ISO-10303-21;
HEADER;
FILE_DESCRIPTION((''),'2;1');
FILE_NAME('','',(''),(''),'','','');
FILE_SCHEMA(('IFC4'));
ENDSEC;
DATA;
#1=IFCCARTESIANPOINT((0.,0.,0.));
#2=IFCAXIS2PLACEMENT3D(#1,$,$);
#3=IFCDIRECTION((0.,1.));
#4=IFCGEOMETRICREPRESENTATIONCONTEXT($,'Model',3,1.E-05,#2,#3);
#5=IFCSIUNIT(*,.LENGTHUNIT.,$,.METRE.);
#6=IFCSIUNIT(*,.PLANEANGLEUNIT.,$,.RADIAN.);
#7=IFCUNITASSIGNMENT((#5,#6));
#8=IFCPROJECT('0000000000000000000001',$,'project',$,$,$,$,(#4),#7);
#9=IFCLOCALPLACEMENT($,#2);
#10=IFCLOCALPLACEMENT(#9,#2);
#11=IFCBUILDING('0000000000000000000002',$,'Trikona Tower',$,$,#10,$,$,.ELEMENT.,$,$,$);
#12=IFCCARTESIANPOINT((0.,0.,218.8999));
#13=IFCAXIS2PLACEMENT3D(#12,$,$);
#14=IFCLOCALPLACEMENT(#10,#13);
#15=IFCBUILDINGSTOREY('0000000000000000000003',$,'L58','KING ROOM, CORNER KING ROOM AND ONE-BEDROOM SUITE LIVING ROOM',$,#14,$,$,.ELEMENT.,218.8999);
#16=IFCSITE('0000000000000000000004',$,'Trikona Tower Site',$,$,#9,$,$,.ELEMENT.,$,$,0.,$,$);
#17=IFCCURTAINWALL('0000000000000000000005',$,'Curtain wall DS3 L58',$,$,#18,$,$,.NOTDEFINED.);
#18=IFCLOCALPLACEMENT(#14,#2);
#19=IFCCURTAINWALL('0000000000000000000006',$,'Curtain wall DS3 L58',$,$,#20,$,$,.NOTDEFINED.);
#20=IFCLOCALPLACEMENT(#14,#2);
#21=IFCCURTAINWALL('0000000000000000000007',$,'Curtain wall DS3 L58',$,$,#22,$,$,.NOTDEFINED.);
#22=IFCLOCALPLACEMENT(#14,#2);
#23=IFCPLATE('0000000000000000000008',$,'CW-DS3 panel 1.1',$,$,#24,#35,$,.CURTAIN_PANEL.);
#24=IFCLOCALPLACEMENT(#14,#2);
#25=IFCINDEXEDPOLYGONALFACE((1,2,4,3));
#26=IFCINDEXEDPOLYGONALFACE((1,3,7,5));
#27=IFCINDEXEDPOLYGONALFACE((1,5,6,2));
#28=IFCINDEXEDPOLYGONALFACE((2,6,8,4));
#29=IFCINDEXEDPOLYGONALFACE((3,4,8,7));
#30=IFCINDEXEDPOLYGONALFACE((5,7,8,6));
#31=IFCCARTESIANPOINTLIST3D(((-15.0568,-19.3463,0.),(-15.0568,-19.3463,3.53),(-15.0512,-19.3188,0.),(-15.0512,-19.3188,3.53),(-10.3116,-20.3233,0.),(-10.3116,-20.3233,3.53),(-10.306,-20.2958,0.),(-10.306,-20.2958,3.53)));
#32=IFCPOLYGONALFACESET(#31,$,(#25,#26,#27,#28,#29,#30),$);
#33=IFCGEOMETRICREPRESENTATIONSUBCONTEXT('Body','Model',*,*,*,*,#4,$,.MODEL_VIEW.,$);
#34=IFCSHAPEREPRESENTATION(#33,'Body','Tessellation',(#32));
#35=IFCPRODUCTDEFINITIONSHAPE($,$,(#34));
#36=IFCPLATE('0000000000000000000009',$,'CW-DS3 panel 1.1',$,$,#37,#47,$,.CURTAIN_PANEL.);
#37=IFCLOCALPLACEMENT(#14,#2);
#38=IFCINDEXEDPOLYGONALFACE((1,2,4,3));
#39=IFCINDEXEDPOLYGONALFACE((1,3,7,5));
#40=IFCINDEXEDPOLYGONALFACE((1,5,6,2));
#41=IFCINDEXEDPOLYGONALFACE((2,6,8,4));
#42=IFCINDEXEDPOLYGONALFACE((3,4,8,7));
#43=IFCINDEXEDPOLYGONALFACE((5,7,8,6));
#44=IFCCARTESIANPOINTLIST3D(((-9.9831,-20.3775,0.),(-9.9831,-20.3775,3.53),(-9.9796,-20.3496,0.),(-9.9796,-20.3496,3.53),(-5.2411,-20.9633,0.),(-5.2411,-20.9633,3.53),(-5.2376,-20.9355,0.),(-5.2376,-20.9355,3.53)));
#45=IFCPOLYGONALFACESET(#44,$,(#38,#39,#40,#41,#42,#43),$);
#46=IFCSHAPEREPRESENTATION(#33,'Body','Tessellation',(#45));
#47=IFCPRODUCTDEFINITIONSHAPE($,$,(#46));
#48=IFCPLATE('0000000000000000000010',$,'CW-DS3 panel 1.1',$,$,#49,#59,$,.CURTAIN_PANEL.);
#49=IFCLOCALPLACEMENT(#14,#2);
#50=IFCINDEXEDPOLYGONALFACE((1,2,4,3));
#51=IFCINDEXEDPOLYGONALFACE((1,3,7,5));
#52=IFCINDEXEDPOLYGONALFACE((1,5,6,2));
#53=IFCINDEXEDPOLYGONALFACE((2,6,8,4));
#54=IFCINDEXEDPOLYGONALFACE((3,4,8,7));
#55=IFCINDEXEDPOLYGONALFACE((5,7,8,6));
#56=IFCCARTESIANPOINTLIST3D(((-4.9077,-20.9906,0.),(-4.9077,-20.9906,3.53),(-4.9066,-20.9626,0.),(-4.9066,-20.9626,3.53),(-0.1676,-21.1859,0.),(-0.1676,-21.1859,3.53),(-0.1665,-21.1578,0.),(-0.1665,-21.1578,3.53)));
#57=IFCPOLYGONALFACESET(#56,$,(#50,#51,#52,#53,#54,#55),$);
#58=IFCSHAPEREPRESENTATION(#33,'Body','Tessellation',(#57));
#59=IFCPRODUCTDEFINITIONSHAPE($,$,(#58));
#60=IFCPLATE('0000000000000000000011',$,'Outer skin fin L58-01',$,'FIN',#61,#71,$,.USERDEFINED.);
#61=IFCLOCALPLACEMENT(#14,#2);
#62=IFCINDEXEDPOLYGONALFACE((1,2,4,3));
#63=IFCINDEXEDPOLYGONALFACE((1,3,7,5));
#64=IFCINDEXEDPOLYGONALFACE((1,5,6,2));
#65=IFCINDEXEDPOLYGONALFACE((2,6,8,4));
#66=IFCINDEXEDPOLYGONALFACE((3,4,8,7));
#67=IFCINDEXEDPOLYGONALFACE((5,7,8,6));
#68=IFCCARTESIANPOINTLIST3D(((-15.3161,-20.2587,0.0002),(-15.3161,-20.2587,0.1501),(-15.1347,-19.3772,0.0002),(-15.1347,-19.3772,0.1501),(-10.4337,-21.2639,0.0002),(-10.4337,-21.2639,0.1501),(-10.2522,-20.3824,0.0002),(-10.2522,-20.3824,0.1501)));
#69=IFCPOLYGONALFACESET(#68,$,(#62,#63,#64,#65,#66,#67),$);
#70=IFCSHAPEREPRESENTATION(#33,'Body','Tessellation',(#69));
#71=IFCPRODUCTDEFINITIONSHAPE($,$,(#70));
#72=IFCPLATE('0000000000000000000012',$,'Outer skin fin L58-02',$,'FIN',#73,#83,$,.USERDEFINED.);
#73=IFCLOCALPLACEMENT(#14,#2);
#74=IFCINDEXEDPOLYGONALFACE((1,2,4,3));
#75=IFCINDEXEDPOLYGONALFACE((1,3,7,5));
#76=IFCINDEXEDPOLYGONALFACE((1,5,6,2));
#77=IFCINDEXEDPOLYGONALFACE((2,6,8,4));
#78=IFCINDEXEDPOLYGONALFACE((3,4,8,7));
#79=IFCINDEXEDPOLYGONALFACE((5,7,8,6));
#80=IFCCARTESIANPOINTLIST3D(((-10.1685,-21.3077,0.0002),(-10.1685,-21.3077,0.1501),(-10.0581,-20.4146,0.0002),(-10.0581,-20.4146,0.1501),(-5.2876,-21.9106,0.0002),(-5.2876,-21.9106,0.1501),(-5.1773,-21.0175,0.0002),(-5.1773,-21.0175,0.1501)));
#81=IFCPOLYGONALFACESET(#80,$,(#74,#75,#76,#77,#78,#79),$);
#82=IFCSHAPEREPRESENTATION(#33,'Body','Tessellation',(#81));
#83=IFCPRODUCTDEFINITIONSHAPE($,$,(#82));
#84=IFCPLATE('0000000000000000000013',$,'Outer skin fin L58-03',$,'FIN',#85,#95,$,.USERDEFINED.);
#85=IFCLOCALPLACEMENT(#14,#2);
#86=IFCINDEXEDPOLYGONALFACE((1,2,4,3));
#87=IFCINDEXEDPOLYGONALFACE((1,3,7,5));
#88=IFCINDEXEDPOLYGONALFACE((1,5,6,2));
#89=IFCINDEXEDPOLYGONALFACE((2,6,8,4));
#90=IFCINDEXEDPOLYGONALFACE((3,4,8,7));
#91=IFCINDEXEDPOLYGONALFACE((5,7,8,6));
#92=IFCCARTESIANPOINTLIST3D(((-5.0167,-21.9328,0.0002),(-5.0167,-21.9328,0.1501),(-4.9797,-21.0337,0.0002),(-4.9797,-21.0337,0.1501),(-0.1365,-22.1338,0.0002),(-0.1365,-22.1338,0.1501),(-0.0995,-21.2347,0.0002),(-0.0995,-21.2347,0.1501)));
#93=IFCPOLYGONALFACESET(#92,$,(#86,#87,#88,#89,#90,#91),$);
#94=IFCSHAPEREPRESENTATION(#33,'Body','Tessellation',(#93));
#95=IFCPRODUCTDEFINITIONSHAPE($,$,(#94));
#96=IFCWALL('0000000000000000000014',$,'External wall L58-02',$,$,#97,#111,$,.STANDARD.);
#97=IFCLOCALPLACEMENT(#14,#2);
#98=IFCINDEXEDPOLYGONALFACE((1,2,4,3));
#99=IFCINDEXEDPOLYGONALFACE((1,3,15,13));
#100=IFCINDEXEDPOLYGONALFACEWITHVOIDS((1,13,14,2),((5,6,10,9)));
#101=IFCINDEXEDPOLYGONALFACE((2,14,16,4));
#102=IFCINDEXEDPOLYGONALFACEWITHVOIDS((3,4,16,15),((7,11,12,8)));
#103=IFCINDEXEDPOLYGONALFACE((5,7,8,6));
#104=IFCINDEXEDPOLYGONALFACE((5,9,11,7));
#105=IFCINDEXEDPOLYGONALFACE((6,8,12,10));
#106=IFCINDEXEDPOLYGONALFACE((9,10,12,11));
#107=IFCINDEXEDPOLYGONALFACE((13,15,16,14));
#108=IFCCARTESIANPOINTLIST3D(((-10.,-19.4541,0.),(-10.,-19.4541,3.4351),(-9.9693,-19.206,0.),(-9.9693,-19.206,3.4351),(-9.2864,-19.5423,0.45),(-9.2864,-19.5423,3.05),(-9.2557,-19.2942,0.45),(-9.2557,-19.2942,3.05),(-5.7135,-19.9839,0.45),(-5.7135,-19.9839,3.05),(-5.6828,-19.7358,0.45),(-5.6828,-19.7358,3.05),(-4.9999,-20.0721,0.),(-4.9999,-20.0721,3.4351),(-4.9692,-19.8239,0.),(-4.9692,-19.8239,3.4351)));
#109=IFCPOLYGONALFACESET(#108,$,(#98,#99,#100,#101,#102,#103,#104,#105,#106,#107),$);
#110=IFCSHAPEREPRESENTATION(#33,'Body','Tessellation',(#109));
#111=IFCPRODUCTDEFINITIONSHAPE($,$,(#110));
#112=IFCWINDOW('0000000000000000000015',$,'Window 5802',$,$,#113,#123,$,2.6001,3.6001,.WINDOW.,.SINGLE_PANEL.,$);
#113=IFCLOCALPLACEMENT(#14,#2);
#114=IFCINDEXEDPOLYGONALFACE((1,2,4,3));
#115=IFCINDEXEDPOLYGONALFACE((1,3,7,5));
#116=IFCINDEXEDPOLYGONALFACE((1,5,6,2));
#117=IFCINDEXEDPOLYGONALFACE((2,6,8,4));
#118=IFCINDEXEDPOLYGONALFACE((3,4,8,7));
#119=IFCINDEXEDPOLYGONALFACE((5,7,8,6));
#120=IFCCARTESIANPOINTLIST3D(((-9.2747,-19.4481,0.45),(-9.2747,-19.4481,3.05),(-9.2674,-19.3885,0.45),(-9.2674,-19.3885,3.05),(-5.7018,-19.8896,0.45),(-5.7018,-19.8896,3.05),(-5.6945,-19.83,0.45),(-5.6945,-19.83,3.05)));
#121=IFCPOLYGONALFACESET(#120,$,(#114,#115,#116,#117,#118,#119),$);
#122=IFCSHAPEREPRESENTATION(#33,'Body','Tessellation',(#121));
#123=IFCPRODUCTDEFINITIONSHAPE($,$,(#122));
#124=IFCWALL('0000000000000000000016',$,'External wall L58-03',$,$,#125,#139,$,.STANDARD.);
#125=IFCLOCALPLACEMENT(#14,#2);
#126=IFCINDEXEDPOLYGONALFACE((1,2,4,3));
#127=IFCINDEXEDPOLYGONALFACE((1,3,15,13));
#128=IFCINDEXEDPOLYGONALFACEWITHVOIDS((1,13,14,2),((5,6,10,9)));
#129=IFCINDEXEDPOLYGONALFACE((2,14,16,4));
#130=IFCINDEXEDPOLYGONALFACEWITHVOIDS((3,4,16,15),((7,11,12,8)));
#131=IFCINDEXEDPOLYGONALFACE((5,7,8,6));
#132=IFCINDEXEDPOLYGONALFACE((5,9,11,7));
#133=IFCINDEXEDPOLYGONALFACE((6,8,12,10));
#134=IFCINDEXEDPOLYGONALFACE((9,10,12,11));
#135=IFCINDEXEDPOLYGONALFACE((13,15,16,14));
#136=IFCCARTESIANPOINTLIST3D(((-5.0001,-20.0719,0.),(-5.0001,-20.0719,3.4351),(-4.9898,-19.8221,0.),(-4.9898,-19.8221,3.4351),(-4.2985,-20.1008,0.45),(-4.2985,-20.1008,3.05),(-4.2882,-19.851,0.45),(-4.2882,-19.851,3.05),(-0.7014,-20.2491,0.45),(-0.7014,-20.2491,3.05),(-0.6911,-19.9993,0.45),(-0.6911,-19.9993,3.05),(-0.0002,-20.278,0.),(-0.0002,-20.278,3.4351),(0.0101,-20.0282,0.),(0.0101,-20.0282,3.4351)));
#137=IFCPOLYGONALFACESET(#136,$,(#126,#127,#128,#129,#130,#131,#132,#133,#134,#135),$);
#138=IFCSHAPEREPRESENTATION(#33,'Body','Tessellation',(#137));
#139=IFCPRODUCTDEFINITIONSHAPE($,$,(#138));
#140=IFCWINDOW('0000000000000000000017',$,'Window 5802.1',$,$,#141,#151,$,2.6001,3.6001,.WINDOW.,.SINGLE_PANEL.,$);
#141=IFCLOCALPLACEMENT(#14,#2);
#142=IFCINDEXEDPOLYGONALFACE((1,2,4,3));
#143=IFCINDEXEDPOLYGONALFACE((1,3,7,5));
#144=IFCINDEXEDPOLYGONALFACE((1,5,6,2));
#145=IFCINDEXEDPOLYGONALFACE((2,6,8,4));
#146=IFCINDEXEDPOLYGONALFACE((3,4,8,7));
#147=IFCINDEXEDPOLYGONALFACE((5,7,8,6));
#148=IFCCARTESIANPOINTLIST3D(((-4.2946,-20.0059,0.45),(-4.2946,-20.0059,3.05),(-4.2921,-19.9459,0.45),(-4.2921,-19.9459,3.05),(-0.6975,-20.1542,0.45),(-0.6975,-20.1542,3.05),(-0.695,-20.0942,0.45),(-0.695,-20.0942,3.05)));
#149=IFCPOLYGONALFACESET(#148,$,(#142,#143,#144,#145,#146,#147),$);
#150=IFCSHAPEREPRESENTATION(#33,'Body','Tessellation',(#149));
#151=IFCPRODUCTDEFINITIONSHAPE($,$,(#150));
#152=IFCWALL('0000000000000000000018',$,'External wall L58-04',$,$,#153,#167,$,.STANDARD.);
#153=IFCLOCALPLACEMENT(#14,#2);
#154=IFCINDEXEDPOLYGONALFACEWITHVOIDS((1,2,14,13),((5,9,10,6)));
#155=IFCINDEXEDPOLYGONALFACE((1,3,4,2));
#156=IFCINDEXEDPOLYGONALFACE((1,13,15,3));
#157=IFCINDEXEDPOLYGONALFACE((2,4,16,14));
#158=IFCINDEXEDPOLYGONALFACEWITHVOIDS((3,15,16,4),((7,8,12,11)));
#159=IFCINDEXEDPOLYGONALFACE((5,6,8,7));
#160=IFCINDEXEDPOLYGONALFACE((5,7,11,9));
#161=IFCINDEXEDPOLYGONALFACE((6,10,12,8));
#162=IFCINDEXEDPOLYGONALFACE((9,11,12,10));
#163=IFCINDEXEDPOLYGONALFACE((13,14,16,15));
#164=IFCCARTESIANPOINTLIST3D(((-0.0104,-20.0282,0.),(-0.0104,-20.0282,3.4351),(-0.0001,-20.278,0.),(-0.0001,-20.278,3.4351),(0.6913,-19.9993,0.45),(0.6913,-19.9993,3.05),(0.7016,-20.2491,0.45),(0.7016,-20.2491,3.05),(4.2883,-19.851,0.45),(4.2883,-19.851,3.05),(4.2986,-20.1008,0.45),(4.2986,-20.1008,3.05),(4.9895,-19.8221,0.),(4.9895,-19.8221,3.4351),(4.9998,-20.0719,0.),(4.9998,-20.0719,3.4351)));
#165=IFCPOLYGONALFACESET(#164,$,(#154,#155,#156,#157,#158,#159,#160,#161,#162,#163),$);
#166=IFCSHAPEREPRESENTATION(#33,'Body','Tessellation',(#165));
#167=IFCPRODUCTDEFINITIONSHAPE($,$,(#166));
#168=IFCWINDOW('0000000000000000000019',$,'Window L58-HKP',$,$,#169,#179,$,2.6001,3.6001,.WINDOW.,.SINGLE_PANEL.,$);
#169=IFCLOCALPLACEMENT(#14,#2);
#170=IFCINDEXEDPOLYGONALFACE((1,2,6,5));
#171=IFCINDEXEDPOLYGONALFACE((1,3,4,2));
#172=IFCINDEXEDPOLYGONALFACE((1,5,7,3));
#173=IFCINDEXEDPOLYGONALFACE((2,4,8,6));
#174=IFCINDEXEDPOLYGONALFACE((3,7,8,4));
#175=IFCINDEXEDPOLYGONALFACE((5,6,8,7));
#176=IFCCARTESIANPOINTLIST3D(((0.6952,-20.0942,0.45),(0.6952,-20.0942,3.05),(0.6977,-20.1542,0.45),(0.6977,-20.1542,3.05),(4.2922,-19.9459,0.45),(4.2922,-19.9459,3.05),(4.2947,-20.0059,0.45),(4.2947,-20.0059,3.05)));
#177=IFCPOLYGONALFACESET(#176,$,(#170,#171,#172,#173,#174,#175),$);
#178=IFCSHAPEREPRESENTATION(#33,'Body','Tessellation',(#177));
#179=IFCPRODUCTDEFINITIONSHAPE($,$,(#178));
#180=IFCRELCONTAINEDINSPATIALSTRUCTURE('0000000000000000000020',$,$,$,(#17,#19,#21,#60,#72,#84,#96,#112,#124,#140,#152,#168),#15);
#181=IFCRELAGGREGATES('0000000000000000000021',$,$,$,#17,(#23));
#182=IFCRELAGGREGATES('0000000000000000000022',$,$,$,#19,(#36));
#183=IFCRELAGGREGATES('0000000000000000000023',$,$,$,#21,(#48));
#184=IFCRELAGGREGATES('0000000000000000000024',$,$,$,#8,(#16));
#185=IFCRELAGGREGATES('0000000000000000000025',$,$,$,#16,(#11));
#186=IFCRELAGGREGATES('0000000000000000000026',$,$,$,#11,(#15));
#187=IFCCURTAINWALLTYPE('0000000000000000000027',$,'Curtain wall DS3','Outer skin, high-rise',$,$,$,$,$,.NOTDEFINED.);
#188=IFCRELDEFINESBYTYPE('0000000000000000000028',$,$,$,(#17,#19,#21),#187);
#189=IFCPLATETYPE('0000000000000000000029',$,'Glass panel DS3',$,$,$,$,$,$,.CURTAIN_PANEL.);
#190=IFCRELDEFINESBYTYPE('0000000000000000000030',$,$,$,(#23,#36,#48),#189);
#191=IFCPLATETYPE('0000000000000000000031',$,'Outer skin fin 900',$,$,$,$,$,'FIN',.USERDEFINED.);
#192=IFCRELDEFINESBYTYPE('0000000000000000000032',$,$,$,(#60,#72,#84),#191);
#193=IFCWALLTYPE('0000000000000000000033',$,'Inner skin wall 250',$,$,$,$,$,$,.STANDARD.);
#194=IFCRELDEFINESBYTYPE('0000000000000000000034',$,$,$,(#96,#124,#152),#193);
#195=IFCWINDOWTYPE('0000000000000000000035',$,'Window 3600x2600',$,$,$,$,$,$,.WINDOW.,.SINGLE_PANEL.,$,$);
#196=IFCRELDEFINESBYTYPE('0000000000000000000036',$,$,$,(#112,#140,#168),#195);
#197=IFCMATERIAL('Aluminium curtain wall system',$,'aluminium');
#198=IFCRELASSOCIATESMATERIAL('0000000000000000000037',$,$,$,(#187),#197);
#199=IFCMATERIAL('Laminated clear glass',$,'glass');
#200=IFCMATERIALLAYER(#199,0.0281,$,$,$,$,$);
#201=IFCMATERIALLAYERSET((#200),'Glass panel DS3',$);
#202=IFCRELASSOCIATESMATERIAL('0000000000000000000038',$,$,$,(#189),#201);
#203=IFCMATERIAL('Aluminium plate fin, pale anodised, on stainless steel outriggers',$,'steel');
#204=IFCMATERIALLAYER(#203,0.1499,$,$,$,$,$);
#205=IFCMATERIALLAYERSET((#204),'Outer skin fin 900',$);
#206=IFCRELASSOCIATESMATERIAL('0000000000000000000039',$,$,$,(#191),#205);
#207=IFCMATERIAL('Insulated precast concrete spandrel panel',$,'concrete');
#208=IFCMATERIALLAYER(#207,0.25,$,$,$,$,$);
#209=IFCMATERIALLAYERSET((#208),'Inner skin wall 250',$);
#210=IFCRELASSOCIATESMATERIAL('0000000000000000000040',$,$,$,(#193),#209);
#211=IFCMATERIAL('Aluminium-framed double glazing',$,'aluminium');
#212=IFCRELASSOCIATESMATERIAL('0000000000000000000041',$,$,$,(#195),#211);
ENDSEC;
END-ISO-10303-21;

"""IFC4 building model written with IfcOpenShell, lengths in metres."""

from ifc_helpers import new_model, si_unit, direction, frame, frame_2d, origin, origin_2d, place, context, subcontext, project, spatial, rectangle, extrude, material, layer, layer_set, type_object, element, fill, aggregate, save


model = new_model("IFC4")

# Units and contexts
model_context = context("Model", 3, precision=1e-05, world=origin(), true_north=direction((0.0, 1.0)))
body_context = subcontext(model_context, "Body", "Model", "MODEL_VIEW")
ifc_project = project(units=[si_unit("LENGTHUNIT", "METRE"), si_unit("PLANEANGLEUNIT", "RADIAN")], contexts=[model_context])

# Site, building, storey
site_placement = place(None, origin())
site = spatial("IfcSite", under=ifc_project, at=site_placement, Name="Trikona Tower Site", CompositionType="ELEMENT", RefElevation=0.0)
building_placement = place(site_placement, origin())
building = spatial("IfcBuilding", under=site, at=building_placement, Name="Trikona Tower", CompositionType="ELEMENT")
storey_placement = place(building_placement, frame((0.0, 0.0, 218.8999)))
storey = spatial("IfcBuildingStorey", under=building, at=storey_placement, Name="L58", Description="KING ROOM, CORNER KING ROOM AND ONE-BEDROOM SUITE LIVING ROOM", CompositionType="ELEMENT", Elevation=218.8999)

# Curtain wall
ifc_material_1 = material(Name="Aluminium curtain wall system", Category="aluminium")
curtain_wall_type = type_object("IfcCurtainWallType", Name="Curtain wall DS3", Description="Outer skin, high-rise", PredefinedType="NOTDEFINED", material=ifc_material_1)
curtain_wall_1_placement = place(storey_placement, origin())
curtain_wall_1 = element("IfcCurtainWall", 1, at=curtain_wall_1_placement, inside=storey, type_object=curtain_wall_type, Name="Curtain wall DS3 L58", PredefinedType="NOTDEFINED")

# Curtain walls
curtain_wall_2_placement = place(storey_placement, origin())
curtain_wall_2 = element("IfcCurtainWall", 2, at=curtain_wall_2_placement, inside=storey, type_object=curtain_wall_type, Name="Curtain wall DS3 L58", PredefinedType="NOTDEFINED")
curtain_wall_3_placement = place(storey_placement, origin())
curtain_wall_3 = element("IfcCurtainWall", 3, at=curtain_wall_3_placement, inside=storey, type_object=curtain_wall_type, Name="Curtain wall DS3 L58", PredefinedType="NOTDEFINED")

# Plates
ifc_material_2 = material(Name="Laminated clear glass", Category="glass")
ifc_layer_1 = layer(ifc_material_2, 0.0281)
ifc_layer_set_1 = layer_set([ifc_layer_1], Name="Glass panel DS3")
plate_type_1 = type_object("IfcPlateType", Name="Glass panel DS3", PredefinedType="CURTAIN_PANEL", material=ifc_layer_set_1)
plate_1_placement = place(storey_placement, frame((-12.6814, -19.821, 0.0), z_axis=(0.0, 0.0, 1.0), x_axis=(0.979457, -0.201653, 0.0)))
plate_1 = element("IfcPlate", 4, at=plate_1_placement, type_object=plate_type_1, Name="CW-DS3 panel 1.1", PredefinedType="CURTAIN_PANEL", context=body_context, shape_type="SweptSolid", body=[
    extrude(rectangle(XDim=4.8447, YDim=0.0281, at=origin_2d()), origin(), (0.0, 0.0, 1.0), 3.53),
])
aggregate(curtain_wall_1, [plate_1])
plate_2_placement = place(storey_placement, frame((-7.6104, -20.6565, 0.0), z_axis=(0.0, 0.0, 1.0), x_axis=(0.992455, -0.122611, 0.0)))
plate_2 = element("IfcPlate", 5, at=plate_2_placement, type_object=plate_type_1, Name="CW-DS3 panel 1.1", PredefinedType="CURTAIN_PANEL", context=body_context, shape_type="SweptSolid", body=[
    extrude(rectangle(XDim=4.7781, YDim=0.0281, at=origin_2d()), origin(), (0.0, 0.0, 1.0), 3.53),
])
aggregate(curtain_wall_2, [plate_2])
plate_3_placement = place(storey_placement, frame((-2.5371, -21.0742, 0.0), z_axis=(0.0, 0.0, 1.0), x_axis=(0.999153, -0.041153, 0.0)))
plate_3 = element("IfcPlate", 6, at=plate_3_placement, type_object=plate_type_1, Name="CW-DS3 panel 1.1", PredefinedType="CURTAIN_PANEL", context=body_context, shape_type="SweptSolid", body=[
    extrude(rectangle(XDim=4.7441, YDim=0.0281, at=origin_2d()), origin(), (0.0, 0.0, 1.0), 3.53),
])
aggregate(curtain_wall_3, [plate_3])

# Plates
ifc_material_3 = material(Name="Aluminium plate fin, pale anodised, on stainless steel outriggers", Category="steel")
ifc_layer_2 = layer(ifc_material_3, 0.1499)
ifc_layer_set_2 = layer_set([ifc_layer_2], Name="Outer skin fin 900")
plate_type_2 = type_object("IfcPlateType", Name="Outer skin fin 900", ElementType="FIN", PredefinedType="USERDEFINED", material=ifc_layer_set_2)
plate_4_placement = place(storey_placement, frame((-12.7842, -20.3206, 0.0002), z_axis=(0.0, 0.0, 1.0), x_axis=(0.979458, -0.201651, 0.0)))
element("IfcPlate", 7, at=plate_4_placement, inside=storey, type_object=plate_type_2, Name="Outer skin fin L58-01", ObjectType="FIN", PredefinedType="USERDEFINED", context=body_context, shape_type="SweptSolid", body=[
    extrude(rectangle(XDim=4.9849, YDim=0.8999, at=origin_2d()), origin(), (0.0, 0.0, 1.0), 0.1499),
])
plate_5_placement = place(storey_placement, frame((-7.6729, -21.1626, 0.0002), z_axis=(0.0, 0.0, 1.0), x_axis=(0.992455, -0.122607, 0.0)))
element("IfcPlate", 8, at=plate_5_placement, inside=storey, type_object=plate_type_2, Name="Outer skin fin L58-02", ObjectType="FIN", PredefinedType="USERDEFINED", context=body_context, shape_type="SweptSolid", body=[
    extrude(rectangle(XDim=4.918, YDim=0.8999, at=origin_2d()), origin(), (0.0, 0.0, 1.0), 0.1499),
])
plate_6_placement = place(storey_placement, frame((-2.5581, -21.5837, 0.0002), z_axis=(0.0, 0.0, 1.0), x_axis=(0.999153, -0.041145, 0.0)))
element("IfcPlate", 9, at=plate_6_placement, inside=storey, type_object=plate_type_2, Name="Outer skin fin L58-03", ObjectType="FIN", PredefinedType="USERDEFINED", context=body_context, shape_type="SweptSolid", body=[
    extrude(rectangle(XDim=4.8843, YDim=0.8999, at=origin_2d()), origin(), (0.0, 0.0, 1.0), 0.1499),
])

# Walls, openings, windows
ifc_material_4 = material(Name="Insulated precast concrete spandrel panel", Category="concrete")
ifc_layer_3 = layer(ifc_material_4, 0.25)
ifc_layer_set_3 = layer_set([ifc_layer_3], Name="Inner skin wall 250")
wall_type = type_object("IfcWallType", Name="Inner skin wall 250", PredefinedType="STANDARD", material=ifc_layer_set_3)
wall_1_placement = place(storey_placement, frame((-9.9846, -19.3301, 0.0), z_axis=(0.0, 0.0, 1.0), x_axis=(0.99245, -0.122651, 0.0)))
wall_1 = element("IfcWall", 10, at=wall_1_placement, inside=storey, type_object=wall_type, Name="External wall L58-02", PredefinedType="STANDARD", context=body_context, shape_type="SweptSolid", body=[
    extrude(rectangle(XDim=5.0381, YDim=0.25, at=frame_2d((2.519, 0.0))), origin(), (0.0, 0.0, 1.0), 3.4351),
])
opening_1_placement = place(wall_1_placement, frame((0.719, 0.0, 0.45)))
opening_1 = element("IfcOpeningElement", 11, at=opening_1_placement, cuts=wall_1, PredefinedType="OPENING", context=body_context, shape_type="SweptSolid", body=[
    extrude(rectangle(XDim=3.6001, YDim=2.6001, at=frame_2d((1.8, 1.3))), frame((0.0, 0.135, 0.0), z_axis=(0.0, -1.0, 0.0), x_axis=(1.0, 0.0, 0.0)), (0.0, 0.0, 1.0), 0.27),
])
ifc_material_5 = material(Name="Aluminium-framed double glazing", Category="aluminium")
window_type = type_object("IfcWindowType", Name="Window 3600x2600", PartitioningType="SINGLE_PANEL", PredefinedType="WINDOW", material=ifc_material_5)
window_1_placement = place(opening_1_placement, origin())
window_1 = element("IfcWindow", 12, at=window_1_placement, inside=storey, type_object=window_type, Name="Window 5802", OverallHeight=2.6001, OverallWidth=3.6001, PartitioningType="SINGLE_PANEL", PredefinedType="WINDOW", context=body_context, shape_type="SweptSolid", body=[
    extrude(rectangle(XDim=3.6001, YDim=2.6001, at=frame_2d((1.8, 1.3))), frame((0.0, 0.03, 0.0), z_axis=(0.0, -1.0, 0.0), x_axis=(1.0, 0.0, 0.0)), (0.0, 0.0, 1.0), 0.0601),
])
fill(opening_1, window_1)
wall_2_placement = place(storey_placement, frame((-4.9949, -19.947, 0.0), z_axis=(0.0, 0.0, 1.0), x_axis=(0.999152, -0.041176, 0.0)))
wall_2 = element("IfcWall", 13, at=wall_2_placement, inside=storey, type_object=wall_type, Name="External wall L58-03", PredefinedType="STANDARD", context=body_context, shape_type="SweptSolid", body=[
    extrude(rectangle(XDim=5.0042, YDim=0.25, at=frame_2d((2.502, 0.0))), origin(), (0.0, 0.0, 1.0), 3.4351),
])
opening_2_placement = place(wall_2_placement, frame((0.7021, 0.0, 0.45)))
opening_2 = element("IfcOpeningElement", 14, at=opening_2_placement, cuts=wall_2, PredefinedType="OPENING", context=body_context, shape_type="SweptSolid", body=[
    extrude(rectangle(XDim=3.6001, YDim=2.6001, at=frame_2d((1.8, 1.3))), frame((0.0, 0.135, 0.0), z_axis=(0.0, -1.0, 0.0), x_axis=(1.0, 0.0, 0.0)), (0.0, 0.0, 1.0), 0.27),
])
window_2_placement = place(opening_2_placement, origin())
window_2 = element("IfcWindow", 15, at=window_2_placement, inside=storey, type_object=window_type, Name="Window 5802.1", OverallHeight=2.6001, OverallWidth=3.6001, PartitioningType="SINGLE_PANEL", PredefinedType="WINDOW", context=body_context, shape_type="SweptSolid", body=[
    extrude(rectangle(XDim=3.6001, YDim=2.6001, at=frame_2d((1.8, 1.3))), frame((0.0, 0.03, 0.0), z_axis=(0.0, -1.0, 0.0), x_axis=(1.0, 0.0, 0.0)), (0.0, 0.0, 1.0), 0.0601),
])
fill(opening_2, window_2)
wall_3_placement = place(storey_placement, frame((-0.0051, -20.1531, 0.0), z_axis=(0.0, 0.0, 1.0), x_axis=(0.999152, 0.041176, 0.0)))
wall_3 = element("IfcWall", 16, at=wall_3_placement, inside=storey, type_object=wall_type, Name="External wall L58-04", PredefinedType="STANDARD", context=body_context, shape_type="SweptSolid", body=[
    extrude(rectangle(XDim=5.0042, YDim=0.25, at=frame_2d((2.502, 0.0))), origin(), (0.0, 0.0, 1.0), 3.4351),
])
opening_3_placement = place(wall_3_placement, frame((0.7021, 0.0, 0.45)))
opening_3 = element("IfcOpeningElement", 17, at=opening_3_placement, cuts=wall_3, PredefinedType="OPENING", context=body_context, shape_type="SweptSolid", body=[
    extrude(rectangle(XDim=3.6001, YDim=2.6001, at=frame_2d((1.8, 1.3))), frame((0.0, 0.135, 0.0), z_axis=(0.0, -1.0, 0.0), x_axis=(1.0, 0.0, 0.0)), (0.0, 0.0, 1.0), 0.27),
])
window_3_placement = place(opening_3_placement, origin())
window_3 = element("IfcWindow", 18, at=window_3_placement, inside=storey, type_object=window_type, Name="Window L58-HKP", OverallHeight=2.6001, OverallWidth=3.6001, PartitioningType="SINGLE_PANEL", PredefinedType="WINDOW", context=body_context, shape_type="SweptSolid", body=[
    extrude(rectangle(XDim=3.6001, YDim=2.6001, at=frame_2d((1.8, 1.3))), frame((0.0, 0.03, 0.0), z_axis=(0.0, -1.0, 0.0), x_axis=(1.0, 0.0, 0.0)), (0.0, 0.0, 1.0), 0.0601),
])
fill(opening_3, window_3)

save(model, "model.ifc")
